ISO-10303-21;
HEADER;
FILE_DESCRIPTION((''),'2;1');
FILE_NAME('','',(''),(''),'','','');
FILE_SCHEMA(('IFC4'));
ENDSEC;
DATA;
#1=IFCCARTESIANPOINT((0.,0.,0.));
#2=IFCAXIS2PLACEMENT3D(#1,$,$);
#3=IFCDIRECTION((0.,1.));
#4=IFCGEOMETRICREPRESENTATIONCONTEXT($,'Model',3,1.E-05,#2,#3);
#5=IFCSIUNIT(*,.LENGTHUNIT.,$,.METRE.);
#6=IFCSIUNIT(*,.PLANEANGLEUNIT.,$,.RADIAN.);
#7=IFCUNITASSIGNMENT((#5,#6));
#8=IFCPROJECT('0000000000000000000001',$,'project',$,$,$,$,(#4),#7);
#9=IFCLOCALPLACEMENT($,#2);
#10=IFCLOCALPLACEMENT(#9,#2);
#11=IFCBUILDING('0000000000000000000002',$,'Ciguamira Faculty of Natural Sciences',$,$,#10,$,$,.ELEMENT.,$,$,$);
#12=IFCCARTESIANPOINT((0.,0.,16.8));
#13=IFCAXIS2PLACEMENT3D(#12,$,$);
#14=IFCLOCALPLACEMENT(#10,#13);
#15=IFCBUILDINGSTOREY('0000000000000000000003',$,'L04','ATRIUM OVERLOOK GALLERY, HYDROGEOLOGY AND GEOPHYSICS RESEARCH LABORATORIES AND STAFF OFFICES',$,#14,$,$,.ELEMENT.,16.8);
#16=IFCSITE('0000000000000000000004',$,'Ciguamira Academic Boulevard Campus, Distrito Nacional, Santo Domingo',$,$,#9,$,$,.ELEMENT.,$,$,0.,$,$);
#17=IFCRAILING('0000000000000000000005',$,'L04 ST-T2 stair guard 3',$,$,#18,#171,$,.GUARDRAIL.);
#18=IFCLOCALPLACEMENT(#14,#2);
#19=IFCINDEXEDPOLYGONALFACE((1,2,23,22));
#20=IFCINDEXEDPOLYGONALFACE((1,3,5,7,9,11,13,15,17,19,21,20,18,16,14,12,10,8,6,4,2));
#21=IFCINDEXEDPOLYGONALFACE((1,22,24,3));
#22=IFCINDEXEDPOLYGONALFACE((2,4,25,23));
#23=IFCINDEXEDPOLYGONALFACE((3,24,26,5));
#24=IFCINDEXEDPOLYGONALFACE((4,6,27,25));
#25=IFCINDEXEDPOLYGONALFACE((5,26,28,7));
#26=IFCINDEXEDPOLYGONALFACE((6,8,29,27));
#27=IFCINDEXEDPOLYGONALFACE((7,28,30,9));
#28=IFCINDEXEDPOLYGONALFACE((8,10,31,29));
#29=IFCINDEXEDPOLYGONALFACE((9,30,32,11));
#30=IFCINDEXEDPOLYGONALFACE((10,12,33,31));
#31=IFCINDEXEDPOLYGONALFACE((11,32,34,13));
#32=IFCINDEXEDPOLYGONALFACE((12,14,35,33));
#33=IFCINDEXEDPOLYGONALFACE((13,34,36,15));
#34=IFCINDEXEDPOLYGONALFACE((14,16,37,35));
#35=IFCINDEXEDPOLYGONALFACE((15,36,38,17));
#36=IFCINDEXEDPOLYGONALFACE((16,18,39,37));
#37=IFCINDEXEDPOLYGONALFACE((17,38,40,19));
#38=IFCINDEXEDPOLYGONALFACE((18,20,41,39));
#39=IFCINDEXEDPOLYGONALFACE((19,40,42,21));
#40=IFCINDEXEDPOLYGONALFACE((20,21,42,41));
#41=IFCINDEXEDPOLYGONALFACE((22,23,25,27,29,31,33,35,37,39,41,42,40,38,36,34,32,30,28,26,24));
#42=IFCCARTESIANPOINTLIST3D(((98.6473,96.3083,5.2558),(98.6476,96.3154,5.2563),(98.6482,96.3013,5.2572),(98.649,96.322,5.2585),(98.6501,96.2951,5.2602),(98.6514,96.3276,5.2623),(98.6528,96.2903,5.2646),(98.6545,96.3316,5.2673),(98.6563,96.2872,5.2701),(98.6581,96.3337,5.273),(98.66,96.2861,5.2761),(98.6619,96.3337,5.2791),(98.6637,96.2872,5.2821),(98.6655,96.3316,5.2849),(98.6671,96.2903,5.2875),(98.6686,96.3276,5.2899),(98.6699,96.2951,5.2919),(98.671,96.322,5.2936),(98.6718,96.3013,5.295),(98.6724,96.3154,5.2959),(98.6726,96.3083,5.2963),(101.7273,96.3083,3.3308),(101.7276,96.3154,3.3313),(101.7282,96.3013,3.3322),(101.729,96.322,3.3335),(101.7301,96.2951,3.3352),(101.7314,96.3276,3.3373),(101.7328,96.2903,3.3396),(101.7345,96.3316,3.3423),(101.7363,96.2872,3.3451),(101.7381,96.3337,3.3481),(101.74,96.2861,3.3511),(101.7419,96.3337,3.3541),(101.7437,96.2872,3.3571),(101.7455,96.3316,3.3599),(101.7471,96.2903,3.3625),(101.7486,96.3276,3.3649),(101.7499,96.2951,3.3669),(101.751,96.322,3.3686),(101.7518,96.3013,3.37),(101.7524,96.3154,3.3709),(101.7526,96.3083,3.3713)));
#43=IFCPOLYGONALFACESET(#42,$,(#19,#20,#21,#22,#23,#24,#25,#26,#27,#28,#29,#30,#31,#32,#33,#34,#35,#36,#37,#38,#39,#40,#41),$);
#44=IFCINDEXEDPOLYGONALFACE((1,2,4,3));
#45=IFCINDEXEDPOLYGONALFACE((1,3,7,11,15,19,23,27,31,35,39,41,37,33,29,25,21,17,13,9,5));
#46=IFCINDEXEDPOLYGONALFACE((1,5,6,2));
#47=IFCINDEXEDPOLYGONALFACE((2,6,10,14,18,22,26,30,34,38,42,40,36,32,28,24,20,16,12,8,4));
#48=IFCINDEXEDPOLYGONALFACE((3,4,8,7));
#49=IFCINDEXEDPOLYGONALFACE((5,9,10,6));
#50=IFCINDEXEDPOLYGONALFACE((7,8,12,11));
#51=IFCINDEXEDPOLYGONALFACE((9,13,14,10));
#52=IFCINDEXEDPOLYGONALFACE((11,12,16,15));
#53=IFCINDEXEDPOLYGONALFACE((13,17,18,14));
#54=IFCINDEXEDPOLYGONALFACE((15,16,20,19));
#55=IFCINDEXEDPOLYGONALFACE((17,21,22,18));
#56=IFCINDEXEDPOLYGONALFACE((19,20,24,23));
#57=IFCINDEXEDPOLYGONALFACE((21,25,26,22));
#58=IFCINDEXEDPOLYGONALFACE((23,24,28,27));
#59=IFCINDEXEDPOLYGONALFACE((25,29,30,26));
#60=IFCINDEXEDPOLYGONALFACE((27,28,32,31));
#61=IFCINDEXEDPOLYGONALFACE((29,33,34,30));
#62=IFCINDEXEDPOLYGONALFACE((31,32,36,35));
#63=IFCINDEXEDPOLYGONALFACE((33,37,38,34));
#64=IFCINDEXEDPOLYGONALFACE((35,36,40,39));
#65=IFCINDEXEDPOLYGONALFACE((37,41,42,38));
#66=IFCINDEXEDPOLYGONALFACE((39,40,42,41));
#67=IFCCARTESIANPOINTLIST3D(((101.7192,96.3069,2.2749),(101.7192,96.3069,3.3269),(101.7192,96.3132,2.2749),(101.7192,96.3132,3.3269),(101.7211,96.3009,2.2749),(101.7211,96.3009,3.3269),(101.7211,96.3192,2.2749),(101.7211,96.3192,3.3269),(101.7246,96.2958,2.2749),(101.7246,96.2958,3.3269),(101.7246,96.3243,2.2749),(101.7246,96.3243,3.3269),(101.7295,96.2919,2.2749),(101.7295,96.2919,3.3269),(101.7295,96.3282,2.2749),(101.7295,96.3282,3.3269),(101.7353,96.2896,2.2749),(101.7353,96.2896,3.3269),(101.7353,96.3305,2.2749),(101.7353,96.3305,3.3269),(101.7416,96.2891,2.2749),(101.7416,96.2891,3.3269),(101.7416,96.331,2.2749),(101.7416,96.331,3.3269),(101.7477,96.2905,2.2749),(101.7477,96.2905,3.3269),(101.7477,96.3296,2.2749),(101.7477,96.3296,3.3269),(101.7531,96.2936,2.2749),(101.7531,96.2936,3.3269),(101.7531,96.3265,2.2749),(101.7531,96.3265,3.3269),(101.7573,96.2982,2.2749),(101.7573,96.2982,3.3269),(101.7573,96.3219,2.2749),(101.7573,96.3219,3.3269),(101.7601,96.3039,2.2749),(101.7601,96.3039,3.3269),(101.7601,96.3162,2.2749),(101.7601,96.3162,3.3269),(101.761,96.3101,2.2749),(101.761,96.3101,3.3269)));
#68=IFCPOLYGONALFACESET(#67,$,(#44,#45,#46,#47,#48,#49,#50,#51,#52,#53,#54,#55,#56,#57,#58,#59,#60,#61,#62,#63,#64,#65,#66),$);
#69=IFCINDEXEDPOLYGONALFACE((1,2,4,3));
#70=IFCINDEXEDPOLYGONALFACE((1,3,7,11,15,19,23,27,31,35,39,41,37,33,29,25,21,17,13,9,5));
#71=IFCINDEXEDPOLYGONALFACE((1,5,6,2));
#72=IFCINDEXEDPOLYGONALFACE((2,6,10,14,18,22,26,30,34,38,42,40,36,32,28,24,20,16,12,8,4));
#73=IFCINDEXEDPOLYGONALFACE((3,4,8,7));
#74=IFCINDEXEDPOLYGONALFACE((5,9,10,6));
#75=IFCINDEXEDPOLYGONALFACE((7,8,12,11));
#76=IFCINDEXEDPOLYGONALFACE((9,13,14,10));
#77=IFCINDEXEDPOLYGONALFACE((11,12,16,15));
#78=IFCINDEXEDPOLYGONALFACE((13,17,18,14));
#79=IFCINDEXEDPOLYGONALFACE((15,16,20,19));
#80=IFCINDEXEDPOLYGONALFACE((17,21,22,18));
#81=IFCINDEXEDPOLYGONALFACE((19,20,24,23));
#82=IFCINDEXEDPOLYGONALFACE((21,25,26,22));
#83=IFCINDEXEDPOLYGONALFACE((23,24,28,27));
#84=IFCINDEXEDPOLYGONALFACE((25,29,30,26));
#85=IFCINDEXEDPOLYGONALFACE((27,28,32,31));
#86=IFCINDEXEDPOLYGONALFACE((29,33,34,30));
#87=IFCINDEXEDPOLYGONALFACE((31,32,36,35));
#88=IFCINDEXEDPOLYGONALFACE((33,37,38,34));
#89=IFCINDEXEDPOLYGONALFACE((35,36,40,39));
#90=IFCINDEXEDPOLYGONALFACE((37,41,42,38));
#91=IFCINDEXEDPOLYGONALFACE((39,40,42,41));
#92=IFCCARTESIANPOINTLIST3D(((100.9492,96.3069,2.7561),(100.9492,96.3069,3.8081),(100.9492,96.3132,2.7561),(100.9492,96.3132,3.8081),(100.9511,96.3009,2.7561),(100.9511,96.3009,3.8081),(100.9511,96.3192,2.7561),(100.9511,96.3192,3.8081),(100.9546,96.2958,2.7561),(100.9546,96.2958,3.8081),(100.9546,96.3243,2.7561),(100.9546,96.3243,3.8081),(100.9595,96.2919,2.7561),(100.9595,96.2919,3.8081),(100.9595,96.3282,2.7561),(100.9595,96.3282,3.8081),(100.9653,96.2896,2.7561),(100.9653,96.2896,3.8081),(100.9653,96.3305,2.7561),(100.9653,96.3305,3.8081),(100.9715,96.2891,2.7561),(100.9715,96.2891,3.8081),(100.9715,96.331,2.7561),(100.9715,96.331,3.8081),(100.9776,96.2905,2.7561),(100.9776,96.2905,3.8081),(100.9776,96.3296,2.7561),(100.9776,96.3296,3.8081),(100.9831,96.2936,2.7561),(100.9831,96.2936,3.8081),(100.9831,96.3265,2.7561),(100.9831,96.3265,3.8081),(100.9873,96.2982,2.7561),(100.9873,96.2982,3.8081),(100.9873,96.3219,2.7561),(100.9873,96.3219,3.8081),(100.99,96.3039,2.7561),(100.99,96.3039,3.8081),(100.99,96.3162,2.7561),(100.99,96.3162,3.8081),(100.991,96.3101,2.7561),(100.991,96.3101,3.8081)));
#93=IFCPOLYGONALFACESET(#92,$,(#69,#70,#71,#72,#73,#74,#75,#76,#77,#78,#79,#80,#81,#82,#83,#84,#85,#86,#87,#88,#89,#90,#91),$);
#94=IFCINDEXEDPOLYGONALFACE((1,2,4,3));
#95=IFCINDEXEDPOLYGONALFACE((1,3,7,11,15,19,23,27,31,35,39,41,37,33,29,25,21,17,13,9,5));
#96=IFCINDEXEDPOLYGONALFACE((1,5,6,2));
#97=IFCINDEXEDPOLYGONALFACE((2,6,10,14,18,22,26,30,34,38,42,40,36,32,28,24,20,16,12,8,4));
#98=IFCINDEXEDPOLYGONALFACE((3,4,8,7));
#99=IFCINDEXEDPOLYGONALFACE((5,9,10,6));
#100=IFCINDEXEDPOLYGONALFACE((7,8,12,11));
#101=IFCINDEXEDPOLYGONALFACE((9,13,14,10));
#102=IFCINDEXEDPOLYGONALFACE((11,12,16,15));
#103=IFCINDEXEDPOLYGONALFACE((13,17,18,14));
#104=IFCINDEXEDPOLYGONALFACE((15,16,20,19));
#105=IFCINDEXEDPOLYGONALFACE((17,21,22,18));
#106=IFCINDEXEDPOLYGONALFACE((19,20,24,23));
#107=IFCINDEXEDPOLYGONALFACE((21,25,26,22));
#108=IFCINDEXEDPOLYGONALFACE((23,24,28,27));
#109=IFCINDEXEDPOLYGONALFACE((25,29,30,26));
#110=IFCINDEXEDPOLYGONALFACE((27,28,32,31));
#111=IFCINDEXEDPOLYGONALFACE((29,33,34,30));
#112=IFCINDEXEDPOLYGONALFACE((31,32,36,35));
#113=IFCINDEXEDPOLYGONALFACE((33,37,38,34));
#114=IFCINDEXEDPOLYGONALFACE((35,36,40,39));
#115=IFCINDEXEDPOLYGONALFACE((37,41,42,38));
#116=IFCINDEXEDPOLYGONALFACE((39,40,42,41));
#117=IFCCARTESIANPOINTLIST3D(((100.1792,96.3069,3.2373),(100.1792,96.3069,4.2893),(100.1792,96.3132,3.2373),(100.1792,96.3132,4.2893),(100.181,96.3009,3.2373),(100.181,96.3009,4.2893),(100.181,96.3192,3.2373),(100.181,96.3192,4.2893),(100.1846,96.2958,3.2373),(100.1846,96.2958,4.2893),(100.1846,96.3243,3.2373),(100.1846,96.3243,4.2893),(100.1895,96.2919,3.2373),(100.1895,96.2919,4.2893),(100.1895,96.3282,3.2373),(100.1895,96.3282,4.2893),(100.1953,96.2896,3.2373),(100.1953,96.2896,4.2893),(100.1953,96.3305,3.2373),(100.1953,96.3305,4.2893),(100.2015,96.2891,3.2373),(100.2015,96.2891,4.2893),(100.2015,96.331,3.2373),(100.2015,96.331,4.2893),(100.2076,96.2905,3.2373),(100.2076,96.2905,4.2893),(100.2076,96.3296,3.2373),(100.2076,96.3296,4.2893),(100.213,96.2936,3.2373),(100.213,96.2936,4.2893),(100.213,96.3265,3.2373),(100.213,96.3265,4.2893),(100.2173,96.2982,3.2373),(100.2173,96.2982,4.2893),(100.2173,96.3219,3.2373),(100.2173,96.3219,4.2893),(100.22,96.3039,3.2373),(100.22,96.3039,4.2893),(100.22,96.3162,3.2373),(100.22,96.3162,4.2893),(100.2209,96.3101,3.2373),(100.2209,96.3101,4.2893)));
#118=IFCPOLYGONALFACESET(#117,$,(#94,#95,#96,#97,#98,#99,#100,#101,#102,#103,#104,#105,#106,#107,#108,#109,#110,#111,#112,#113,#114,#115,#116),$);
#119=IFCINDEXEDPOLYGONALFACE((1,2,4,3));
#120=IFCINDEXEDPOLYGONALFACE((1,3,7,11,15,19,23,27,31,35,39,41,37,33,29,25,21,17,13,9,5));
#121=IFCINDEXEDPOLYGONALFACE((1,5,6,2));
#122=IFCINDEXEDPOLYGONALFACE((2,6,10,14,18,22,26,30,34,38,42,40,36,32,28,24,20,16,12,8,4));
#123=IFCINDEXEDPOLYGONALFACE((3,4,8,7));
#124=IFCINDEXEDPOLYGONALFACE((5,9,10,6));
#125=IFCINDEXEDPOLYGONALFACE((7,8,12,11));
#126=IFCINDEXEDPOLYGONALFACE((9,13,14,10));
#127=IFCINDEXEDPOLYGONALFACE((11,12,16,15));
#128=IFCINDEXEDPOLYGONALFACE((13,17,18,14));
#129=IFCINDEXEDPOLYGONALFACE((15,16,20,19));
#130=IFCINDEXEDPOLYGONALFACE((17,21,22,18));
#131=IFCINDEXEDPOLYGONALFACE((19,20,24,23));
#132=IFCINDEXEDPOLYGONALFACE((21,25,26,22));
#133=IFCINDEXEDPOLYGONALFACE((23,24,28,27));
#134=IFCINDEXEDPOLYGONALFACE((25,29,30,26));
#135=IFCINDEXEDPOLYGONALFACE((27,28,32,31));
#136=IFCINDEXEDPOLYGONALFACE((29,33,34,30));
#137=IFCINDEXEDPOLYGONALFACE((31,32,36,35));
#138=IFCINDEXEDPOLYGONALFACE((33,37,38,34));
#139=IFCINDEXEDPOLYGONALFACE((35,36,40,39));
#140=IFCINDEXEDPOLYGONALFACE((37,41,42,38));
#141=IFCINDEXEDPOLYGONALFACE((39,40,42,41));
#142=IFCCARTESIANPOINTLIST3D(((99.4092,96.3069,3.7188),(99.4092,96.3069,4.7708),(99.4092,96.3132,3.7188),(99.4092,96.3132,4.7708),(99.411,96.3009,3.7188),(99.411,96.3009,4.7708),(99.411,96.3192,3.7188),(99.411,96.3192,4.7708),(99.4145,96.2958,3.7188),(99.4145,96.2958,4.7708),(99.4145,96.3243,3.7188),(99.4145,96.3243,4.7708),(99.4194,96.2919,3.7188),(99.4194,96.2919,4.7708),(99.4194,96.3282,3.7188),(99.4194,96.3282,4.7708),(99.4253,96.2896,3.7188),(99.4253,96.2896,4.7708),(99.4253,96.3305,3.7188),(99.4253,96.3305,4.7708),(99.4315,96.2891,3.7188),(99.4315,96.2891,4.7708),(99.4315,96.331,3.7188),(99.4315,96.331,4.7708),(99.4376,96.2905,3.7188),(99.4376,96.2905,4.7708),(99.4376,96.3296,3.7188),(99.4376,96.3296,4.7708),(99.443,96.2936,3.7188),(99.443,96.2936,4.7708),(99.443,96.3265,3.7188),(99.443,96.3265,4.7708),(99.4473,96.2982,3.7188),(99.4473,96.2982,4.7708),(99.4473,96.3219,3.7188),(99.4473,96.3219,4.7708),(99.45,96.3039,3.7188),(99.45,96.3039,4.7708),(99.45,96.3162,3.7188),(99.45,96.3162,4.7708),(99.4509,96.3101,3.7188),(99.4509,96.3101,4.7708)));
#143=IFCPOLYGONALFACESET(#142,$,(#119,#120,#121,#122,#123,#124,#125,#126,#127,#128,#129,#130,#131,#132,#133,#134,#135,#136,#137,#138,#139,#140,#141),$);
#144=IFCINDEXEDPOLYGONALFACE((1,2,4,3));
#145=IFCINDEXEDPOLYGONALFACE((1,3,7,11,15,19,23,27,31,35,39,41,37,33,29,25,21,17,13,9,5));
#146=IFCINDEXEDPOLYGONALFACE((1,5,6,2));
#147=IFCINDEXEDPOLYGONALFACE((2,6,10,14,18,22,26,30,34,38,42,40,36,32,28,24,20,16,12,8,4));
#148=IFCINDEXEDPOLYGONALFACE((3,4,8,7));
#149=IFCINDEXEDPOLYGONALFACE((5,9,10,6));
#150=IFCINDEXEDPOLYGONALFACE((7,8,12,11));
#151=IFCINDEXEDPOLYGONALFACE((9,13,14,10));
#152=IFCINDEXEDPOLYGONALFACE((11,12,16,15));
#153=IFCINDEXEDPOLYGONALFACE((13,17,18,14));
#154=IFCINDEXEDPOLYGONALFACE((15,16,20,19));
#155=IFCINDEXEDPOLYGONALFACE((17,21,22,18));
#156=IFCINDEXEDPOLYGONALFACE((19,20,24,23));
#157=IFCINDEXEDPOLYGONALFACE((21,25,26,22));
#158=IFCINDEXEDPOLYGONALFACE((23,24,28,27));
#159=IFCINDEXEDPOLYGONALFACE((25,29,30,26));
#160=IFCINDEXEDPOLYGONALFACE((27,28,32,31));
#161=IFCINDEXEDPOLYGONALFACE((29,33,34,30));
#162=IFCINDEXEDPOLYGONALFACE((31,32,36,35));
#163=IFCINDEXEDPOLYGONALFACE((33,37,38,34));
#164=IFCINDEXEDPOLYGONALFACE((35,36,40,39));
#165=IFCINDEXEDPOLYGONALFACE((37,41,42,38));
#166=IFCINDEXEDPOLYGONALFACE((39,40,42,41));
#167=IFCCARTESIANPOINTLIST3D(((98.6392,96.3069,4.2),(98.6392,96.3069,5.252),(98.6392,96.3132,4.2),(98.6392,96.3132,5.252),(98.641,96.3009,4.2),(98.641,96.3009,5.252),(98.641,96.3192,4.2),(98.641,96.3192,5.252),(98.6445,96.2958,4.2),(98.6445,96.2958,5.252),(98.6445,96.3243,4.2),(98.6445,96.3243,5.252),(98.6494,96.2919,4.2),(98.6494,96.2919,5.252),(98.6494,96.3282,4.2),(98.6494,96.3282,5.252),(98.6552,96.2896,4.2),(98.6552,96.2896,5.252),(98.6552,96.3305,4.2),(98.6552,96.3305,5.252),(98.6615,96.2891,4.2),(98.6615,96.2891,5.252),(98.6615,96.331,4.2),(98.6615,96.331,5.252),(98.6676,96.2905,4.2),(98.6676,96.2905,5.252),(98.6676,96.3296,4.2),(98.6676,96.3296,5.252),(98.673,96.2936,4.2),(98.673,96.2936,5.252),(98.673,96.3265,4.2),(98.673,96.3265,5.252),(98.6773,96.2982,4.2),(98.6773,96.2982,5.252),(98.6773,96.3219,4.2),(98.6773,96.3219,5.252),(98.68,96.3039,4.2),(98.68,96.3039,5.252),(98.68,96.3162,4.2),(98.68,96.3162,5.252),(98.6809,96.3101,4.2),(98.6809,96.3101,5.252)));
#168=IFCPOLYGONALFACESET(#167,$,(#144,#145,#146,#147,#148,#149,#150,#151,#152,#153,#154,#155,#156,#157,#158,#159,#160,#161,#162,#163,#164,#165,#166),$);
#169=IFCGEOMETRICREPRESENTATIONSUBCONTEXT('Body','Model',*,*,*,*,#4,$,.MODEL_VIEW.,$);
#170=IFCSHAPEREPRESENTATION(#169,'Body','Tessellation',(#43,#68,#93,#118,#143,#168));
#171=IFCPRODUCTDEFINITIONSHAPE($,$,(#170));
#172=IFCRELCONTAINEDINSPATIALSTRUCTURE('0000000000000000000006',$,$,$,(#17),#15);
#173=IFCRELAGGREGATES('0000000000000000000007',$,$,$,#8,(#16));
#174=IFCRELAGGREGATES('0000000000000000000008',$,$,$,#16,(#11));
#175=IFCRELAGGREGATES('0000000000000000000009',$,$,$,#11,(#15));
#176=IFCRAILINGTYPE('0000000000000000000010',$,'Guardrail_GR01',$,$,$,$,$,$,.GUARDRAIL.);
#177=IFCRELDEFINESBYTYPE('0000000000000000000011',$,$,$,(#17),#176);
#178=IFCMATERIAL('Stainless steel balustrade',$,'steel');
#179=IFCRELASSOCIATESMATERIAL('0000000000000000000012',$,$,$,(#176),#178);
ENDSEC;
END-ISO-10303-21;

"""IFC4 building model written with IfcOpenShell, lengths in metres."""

from ifc_helpers import new_model, si_unit, direction, frame, origin, origin_2d, place, context, subcontext, project, spatial, circle, extrude, material, type_object, element, save


model = new_model("IFC4")

# Units and contexts
model_context = context("Model", 3, precision=1e-05, world=origin(), true_north=direction((0.0, 1.0)))
body_context = subcontext(model_context, "Body", "Model", "MODEL_VIEW")
ifc_project = project(units=[si_unit("LENGTHUNIT", "METRE"), si_unit("PLANEANGLEUNIT", "RADIAN")], contexts=[model_context])

# Site, building, storey
site_placement = place(None, origin())
site = spatial("IfcSite", under=ifc_project, at=site_placement, Name="Ciguamira Academic Boulevard Campus, Distrito Nacional, Santo Domingo", CompositionType="ELEMENT", RefElevation=0.0)
building_placement = place(site_placement, origin())
building = spatial("IfcBuilding", under=site, at=building_placement, Name="Ciguamira Faculty of Natural Sciences", CompositionType="ELEMENT")
storey_placement = place(building_placement, frame((0.0, 0.0, 16.8)))
storey = spatial("IfcBuildingStorey", under=building, at=storey_placement, Name="L04", Description="ATRIUM OVERLOOK GALLERY, HYDROGEOLOGY AND GEOPHYSICS RESEARCH LABORATORIES AND STAFF OFFICES", CompositionType="ELEMENT", Elevation=16.8)

# Railing
ifc_material_1 = material(Name="Stainless steel balustrade", Category="steel")
railing_type = type_object("IfcRailingType", Name="Guardrail_GR01", PredefinedType="GUARDRAIL", material=ifc_material_1)
railing_1_placement = place(storey_placement, frame((101.74, 96.3101, 2.2749)))
element("IfcRailing", 1, at=railing_1_placement, inside=storey, type_object=railing_type, Name="L04 ST-T2 stair guard 3", PredefinedType="GUARDRAIL", context=body_context, shape_type="SweptSolid", body=[
    extrude(circle(Radius=0.0239, at=origin_2d()), frame((0.0, 0.0, 1.0762), z_axis=(-0.847998, 0.0, 0.529999), x_axis=(0.0, -1.0, 0.0)), (0.0, 0.0, 1.0), 3.6321),
    extrude(circle(Radius=0.021, at=origin_2d()), origin(), (0.0, 0.0, 1.0), 1.052),
    extrude(circle(Radius=0.021, at=origin_2d()), frame((-0.77, 0.0, 0.4812)), (0.0, 0.0, 1.0), 1.052),
    extrude(circle(Radius=0.021, at=origin_2d()), frame((-1.54, 0.0, 0.9624)), (0.0, 0.0, 1.0), 1.052),
    extrude(circle(Radius=0.021, at=origin_2d()), frame((-2.3101, 0.0, 1.4438)), (0.0, 0.0, 1.0), 1.052),
    extrude(circle(Radius=0.021, at=origin_2d()), frame((-3.0801, 0.0, 1.925)), (0.0, 0.0, 1.0), 1.052),
])

save(model, "model.ifc")
